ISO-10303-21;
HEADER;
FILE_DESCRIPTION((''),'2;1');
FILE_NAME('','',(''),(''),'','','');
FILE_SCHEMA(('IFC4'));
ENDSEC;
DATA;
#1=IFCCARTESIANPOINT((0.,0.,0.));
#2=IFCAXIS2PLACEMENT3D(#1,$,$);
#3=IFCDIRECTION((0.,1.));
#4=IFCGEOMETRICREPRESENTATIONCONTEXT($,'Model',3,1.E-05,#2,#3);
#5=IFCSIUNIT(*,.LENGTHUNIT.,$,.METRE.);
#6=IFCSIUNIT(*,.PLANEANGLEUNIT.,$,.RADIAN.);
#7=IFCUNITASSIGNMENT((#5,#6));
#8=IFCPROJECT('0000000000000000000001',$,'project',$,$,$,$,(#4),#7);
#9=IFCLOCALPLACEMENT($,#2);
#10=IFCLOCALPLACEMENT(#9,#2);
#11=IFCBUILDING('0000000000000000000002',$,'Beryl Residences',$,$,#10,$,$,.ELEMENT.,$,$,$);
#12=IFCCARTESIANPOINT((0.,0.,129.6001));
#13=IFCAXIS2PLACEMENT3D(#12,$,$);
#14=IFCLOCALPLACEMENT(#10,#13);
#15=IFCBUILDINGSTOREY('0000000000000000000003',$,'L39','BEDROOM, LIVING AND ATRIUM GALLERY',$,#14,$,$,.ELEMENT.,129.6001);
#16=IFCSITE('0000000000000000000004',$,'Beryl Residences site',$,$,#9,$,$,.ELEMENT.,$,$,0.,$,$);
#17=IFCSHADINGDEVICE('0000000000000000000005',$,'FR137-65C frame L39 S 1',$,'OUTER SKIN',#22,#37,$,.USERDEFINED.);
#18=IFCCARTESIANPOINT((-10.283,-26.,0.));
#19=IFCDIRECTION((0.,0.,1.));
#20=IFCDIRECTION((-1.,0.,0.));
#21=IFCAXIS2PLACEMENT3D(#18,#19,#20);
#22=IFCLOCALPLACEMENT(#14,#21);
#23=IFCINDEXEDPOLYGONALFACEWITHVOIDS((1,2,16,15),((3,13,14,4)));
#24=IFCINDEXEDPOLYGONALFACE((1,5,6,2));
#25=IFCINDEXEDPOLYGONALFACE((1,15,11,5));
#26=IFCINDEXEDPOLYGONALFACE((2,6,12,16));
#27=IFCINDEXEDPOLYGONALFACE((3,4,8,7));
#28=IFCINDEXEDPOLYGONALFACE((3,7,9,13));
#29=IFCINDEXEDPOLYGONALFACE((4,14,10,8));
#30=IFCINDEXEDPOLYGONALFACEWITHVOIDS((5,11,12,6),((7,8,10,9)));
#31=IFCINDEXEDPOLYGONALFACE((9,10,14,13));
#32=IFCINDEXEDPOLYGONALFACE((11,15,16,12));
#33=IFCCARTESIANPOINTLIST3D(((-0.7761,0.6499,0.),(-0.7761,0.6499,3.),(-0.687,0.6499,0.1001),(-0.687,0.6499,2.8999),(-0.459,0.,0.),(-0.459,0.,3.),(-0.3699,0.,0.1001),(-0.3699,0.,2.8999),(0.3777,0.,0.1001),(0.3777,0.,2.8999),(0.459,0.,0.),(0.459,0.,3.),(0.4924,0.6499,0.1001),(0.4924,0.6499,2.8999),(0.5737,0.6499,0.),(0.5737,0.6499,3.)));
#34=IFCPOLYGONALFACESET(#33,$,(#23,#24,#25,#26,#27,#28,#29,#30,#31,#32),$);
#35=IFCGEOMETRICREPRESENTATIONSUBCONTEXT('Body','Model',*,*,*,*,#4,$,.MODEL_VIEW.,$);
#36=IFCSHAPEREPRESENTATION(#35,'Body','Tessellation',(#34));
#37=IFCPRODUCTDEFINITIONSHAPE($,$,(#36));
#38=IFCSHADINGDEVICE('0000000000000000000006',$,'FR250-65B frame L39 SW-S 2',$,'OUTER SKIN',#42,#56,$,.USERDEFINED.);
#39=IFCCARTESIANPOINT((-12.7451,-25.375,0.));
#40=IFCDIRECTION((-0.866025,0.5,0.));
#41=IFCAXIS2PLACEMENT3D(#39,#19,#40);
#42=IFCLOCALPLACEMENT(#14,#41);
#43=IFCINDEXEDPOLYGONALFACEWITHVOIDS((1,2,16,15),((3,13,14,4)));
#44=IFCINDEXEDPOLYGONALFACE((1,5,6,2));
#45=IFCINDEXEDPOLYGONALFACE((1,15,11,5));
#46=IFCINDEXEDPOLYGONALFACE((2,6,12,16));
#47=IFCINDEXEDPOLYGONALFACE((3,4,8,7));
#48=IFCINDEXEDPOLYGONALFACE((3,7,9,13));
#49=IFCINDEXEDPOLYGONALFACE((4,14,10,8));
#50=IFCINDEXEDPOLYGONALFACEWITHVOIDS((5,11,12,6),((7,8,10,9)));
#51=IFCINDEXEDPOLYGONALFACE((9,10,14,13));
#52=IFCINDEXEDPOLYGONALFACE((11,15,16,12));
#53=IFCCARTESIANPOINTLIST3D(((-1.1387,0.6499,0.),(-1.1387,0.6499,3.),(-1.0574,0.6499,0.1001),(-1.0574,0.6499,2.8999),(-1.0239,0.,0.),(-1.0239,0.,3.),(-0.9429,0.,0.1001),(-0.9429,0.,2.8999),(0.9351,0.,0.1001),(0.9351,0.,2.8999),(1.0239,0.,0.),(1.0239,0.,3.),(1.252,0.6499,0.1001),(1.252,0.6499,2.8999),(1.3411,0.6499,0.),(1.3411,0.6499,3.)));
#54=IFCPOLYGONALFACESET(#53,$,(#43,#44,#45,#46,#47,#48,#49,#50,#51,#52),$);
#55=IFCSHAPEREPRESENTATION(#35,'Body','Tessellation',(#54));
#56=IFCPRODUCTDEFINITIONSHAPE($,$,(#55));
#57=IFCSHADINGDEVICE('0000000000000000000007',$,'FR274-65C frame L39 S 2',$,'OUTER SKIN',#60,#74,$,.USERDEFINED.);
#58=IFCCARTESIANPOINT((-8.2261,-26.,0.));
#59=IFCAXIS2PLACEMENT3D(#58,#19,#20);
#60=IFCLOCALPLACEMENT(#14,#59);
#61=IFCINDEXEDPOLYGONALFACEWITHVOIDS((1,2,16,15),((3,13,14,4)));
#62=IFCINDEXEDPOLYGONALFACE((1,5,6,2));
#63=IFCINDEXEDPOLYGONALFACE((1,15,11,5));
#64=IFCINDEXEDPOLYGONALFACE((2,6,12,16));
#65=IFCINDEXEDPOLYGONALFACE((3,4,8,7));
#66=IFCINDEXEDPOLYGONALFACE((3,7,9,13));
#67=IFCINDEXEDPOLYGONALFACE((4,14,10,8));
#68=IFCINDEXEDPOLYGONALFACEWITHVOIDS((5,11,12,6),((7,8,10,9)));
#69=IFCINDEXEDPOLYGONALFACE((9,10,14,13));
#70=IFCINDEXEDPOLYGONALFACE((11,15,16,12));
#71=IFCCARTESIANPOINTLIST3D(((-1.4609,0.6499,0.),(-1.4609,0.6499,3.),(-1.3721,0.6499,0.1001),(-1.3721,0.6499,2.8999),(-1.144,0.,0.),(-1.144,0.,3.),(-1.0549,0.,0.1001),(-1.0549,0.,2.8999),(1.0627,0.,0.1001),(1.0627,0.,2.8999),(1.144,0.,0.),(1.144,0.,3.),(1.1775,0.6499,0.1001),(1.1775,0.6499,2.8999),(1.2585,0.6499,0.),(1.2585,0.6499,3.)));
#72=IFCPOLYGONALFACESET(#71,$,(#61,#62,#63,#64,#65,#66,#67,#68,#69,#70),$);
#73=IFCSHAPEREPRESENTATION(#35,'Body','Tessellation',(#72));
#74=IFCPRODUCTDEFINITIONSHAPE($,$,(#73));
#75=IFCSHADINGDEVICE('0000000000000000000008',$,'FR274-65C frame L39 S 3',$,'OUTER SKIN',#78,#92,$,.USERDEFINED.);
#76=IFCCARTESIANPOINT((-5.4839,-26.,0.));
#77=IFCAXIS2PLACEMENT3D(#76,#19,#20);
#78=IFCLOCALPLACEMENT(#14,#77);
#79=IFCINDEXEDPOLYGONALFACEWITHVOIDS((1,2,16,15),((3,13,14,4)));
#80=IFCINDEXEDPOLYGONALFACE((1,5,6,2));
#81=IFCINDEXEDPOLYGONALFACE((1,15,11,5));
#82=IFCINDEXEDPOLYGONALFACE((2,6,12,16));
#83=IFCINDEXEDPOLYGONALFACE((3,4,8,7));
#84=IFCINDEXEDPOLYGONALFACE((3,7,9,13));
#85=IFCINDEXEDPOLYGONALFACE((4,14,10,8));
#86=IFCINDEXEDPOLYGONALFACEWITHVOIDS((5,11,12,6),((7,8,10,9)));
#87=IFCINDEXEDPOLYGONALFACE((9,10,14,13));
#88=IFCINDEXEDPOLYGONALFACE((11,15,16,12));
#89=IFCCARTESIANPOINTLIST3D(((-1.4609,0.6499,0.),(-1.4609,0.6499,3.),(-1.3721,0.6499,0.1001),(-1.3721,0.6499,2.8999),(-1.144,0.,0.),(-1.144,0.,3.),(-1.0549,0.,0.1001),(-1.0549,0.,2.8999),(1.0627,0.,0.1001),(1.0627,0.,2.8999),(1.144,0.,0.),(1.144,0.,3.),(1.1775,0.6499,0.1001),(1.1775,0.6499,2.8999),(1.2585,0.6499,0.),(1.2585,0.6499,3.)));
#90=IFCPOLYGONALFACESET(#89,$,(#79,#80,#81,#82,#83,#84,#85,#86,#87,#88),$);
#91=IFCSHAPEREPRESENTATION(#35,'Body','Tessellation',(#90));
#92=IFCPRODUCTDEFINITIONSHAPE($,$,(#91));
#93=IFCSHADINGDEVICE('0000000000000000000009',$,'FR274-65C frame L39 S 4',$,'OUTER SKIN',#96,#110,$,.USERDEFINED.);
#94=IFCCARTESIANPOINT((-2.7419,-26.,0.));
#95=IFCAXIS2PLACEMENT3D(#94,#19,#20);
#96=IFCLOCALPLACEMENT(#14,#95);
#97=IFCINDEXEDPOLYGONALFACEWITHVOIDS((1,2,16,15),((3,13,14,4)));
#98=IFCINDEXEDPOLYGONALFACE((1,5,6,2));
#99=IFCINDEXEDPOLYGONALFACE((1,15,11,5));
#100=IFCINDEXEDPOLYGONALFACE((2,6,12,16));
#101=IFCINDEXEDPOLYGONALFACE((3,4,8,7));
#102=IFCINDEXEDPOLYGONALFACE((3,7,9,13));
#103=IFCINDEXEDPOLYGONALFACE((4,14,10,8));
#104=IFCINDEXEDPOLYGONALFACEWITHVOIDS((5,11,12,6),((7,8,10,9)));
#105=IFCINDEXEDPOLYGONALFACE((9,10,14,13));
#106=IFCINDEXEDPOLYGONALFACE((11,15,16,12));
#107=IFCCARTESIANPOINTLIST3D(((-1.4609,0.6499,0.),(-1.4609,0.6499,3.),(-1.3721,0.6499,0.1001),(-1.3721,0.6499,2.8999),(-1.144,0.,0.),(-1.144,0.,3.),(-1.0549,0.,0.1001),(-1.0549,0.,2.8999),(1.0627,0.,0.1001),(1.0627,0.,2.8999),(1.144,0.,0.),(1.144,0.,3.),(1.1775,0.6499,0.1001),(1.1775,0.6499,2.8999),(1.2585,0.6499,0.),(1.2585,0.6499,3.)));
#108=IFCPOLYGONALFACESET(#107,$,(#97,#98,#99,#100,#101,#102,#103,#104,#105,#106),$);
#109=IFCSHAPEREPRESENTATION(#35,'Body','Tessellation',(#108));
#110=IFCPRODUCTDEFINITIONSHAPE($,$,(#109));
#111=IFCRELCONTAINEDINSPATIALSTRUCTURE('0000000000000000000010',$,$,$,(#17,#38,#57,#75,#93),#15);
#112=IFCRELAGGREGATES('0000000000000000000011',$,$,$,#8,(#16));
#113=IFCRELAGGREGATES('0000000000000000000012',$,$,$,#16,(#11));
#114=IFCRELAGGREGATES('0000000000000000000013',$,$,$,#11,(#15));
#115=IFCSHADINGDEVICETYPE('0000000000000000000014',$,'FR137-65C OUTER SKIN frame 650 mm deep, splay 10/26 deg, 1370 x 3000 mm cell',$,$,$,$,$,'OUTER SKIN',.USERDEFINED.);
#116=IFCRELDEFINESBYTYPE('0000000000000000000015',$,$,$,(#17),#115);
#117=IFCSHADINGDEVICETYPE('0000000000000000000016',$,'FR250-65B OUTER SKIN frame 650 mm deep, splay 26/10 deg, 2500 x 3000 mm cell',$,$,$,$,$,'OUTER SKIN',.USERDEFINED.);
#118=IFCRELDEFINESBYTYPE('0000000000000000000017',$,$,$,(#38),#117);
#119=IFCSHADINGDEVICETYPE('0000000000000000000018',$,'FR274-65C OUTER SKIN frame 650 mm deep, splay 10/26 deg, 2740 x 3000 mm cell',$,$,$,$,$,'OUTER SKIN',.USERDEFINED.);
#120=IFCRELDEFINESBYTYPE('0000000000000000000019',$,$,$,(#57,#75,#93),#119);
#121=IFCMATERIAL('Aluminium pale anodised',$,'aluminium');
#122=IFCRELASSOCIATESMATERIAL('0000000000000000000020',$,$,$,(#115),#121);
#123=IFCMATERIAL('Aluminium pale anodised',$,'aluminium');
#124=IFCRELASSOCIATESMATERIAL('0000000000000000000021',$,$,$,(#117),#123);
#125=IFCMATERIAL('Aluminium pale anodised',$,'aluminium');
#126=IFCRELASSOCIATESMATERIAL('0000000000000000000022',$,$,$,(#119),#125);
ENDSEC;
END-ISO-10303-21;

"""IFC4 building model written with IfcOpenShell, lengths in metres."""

from ifc_helpers import new_model, entity, si_unit, direction, frame, origin, place, context, subcontext, project, spatial, source, transform, mapped, material, type_object, type_shapes, element, save


model = new_model("IFC4")

# Units and contexts
model_context = context("Model", 3, precision=1e-05, world=origin(), true_north=direction((0.0, 1.0)))
body_context = subcontext(model_context, "Body", "Model", "MODEL_VIEW")
ifc_project = project(units=[si_unit("LENGTHUNIT", "METRE"), si_unit("PLANEANGLEUNIT", "RADIAN")], contexts=[model_context])

# Site, building, storey
site_placement = place(None, origin())
site = spatial("IfcSite", under=ifc_project, at=site_placement, Name="Beryl Residences site", CompositionType="ELEMENT", RefElevation=0.0)
building_placement = place(site_placement, origin())
building = spatial("IfcBuilding", under=site, at=building_placement, Name="Beryl Residences", CompositionType="ELEMENT")
storey_placement = place(building_placement, frame((0.0, 0.0, 129.6001)))
storey = spatial("IfcBuildingStorey", under=building, at=storey_placement, Name="L39", Description="BEDROOM, LIVING AND ATRIUM GALLERY", CompositionType="ELEMENT", Elevation=129.6001)

# Shading devices
ifc_material_1 = material(Name="Aluminium pale anodised", Category="aluminium")
shading_device_type_1 = type_object("IfcShadingDeviceType", Name="FR137-65C OUTER SKIN frame 650 mm deep, splay 10/26 deg, 1370 x 3000 mm cell", ElementType="OUTER SKIN", PredefinedType="USERDEFINED", material=ifc_material_1)
cartesian_point_1 = entity("IfcCartesianPoint", [-0.459, 0.0])
cartesian_point_2 = entity("IfcCartesianPoint", [-0.3777, 0.1001])
cartesian_point_3 = entity("IfcCartesianPoint", [-0.5737, 0.0])
cartesian_point_4 = entity("IfcCartesianPoint", [-0.4924, 0.1001])
shared_shape_1 = source(origin(), body_context, "Body", "SweptSolid", [
    entity("IfcExtrudedAreaSolidTapered", entity("IfcArbitraryProfileDefWithVoids", "AREA", None, entity("IfcPolyline", [cartesian_point_1, entity("IfcCartesianPoint", [0.459, 0.0]), entity("IfcCartesianPoint", [0.459, 3.0]), entity("IfcCartesianPoint", [-0.459, 3.0]), cartesian_point_1]), [entity("IfcPolyline", [cartesian_point_2, entity("IfcCartesianPoint", [0.3699, 0.1001]), entity("IfcCartesianPoint", [0.3699, 2.8999]), entity("IfcCartesianPoint", [-0.3777, 2.8999]), cartesian_point_2])]), entity("IfcAxis2Placement3D", entity("IfcCartesianPoint", [0.0, 0.0, 0.0]), entity("IfcDirection", [0.0, 1.0, 0.0]), entity("IfcDirection", [-1.0, 0.0, 0.0])), entity("IfcDirection", [0.0, 0.0, 1.0]), 0.6499, entity("IfcArbitraryProfileDefWithVoids", "AREA", None, entity("IfcPolyline", [cartesian_point_3, entity("IfcCartesianPoint", [0.7761, 0.0]), entity("IfcCartesianPoint", [0.7761, 3.0]), entity("IfcCartesianPoint", [-0.5737, 3.0]), cartesian_point_3]), [entity("IfcPolyline", [cartesian_point_4, entity("IfcCartesianPoint", [0.687, 0.1001]), entity("IfcCartesianPoint", [0.687, 2.8999]), entity("IfcCartesianPoint", [-0.4924, 2.8999]), cartesian_point_4])])),
])
type_shapes(shading_device_type_1, [shared_shape_1])
shading_device_1_placement = place(storey_placement, frame((-10.283, -26.0, 0.0), z_axis=(0.0, 0.0, 1.0), x_axis=(-1.0, 0.0, 0.0)))
element("IfcShadingDevice", 1, at=shading_device_1_placement, inside=storey, type_object=shading_device_type_1, Name="FR137-65C frame L39 S 1", ObjectType="OUTER SKIN", PredefinedType="USERDEFINED", context=body_context, shape_type="MappedRepresentation", body=[
    mapped(shared_shape_1, transform((0.0, 0.0, 0.0))),
])
ifc_material_2 = material(Name="Aluminium pale anodised", Category="aluminium")
shading_device_type_2 = type_object("IfcShadingDeviceType", Name="FR250-65B OUTER SKIN frame 650 mm deep, splay 26/10 deg, 2500 x 3000 mm cell", ElementType="OUTER SKIN", PredefinedType="USERDEFINED", material=ifc_material_2)
cartesian_point_5 = entity("IfcCartesianPoint", [-1.0239, 0.0])
cartesian_point_6 = entity("IfcCartesianPoint", [-0.9351, 0.1001])
cartesian_point_7 = entity("IfcCartesianPoint", [-1.3411, 0.0])
cartesian_point_8 = entity("IfcCartesianPoint", [-1.252, 0.1001])
shared_shape_2 = source(origin(), body_context, "Body", "SweptSolid", [
    entity("IfcExtrudedAreaSolidTapered", entity("IfcArbitraryProfileDefWithVoids", "AREA", None, entity("IfcPolyline", [cartesian_point_5, entity("IfcCartesianPoint", [1.0239, 0.0]), entity("IfcCartesianPoint", [1.0239, 3.0]), entity("IfcCartesianPoint", [-1.0239, 3.0]), cartesian_point_5]), [entity("IfcPolyline", [cartesian_point_6, entity("IfcCartesianPoint", [0.9429, 0.1001]), entity("IfcCartesianPoint", [0.9429, 2.8999]), entity("IfcCartesianPoint", [-0.9351, 2.8999]), cartesian_point_6])]), entity("IfcAxis2Placement3D", entity("IfcCartesianPoint", [0.0, 0.0, 0.0]), entity("IfcDirection", [0.0, 1.0, 0.0]), entity("IfcDirection", [-1.0, 0.0, 0.0])), entity("IfcDirection", [0.0, 0.0, 1.0]), 0.6499, entity("IfcArbitraryProfileDefWithVoids", "AREA", None, entity("IfcPolyline", [cartesian_point_7, entity("IfcCartesianPoint", [1.1387, 0.0]), entity("IfcCartesianPoint", [1.1387, 3.0]), entity("IfcCartesianPoint", [-1.3411, 3.0]), cartesian_point_7]), [entity("IfcPolyline", [cartesian_point_8, entity("IfcCartesianPoint", [1.0574, 0.1001]), entity("IfcCartesianPoint", [1.0574, 2.8999]), entity("IfcCartesianPoint", [-1.252, 2.8999]), cartesian_point_8])])),
])
type_shapes(shading_device_type_2, [shared_shape_2])
shading_device_2_placement = place(storey_placement, frame((-12.7451, -25.375, 0.0), z_axis=(0.0, 0.0, 1.0), x_axis=(-0.866025, 0.5, 0.0)))
element("IfcShadingDevice", 2, at=shading_device_2_placement, inside=storey, type_object=shading_device_type_2, Name="FR250-65B frame L39 SW-S 2", ObjectType="OUTER SKIN", PredefinedType="USERDEFINED", context=body_context, shape_type="MappedRepresentation", body=[
    mapped(shared_shape_2, transform((0.0, 0.0, 0.0))),
])
ifc_material_3 = material(Name="Aluminium pale anodised", Category="aluminium")
shading_device_type_3 = type_object("IfcShadingDeviceType", Name="FR274-65C OUTER SKIN frame 650 mm deep, splay 10/26 deg, 2740 x 3000 mm cell", ElementType="OUTER SKIN", PredefinedType="USERDEFINED", material=ifc_material_3)
cartesian_point_9 = entity("IfcCartesianPoint", [-1.144, 0.0])
cartesian_point_10 = entity("IfcCartesianPoint", [-1.0627, 0.1001])
cartesian_point_11 = entity("IfcCartesianPoint", [-1.2585, 0.0])
cartesian_point_12 = entity("IfcCartesianPoint", [-1.1775, 0.1001])
shared_shape_3 = source(origin(), body_context, "Body", "SweptSolid", [
    entity("IfcExtrudedAreaSolidTapered", entity("IfcArbitraryProfileDefWithVoids", "AREA", None, entity("IfcPolyline", [cartesian_point_9, entity("IfcCartesianPoint", [1.144, 0.0]), entity("IfcCartesianPoint", [1.144, 3.0]), entity("IfcCartesianPoint", [-1.144, 3.0]), cartesian_point_9]), [entity("IfcPolyline", [cartesian_point_10, entity("IfcCartesianPoint", [1.0549, 0.1001]), entity("IfcCartesianPoint", [1.0549, 2.8999]), entity("IfcCartesianPoint", [-1.0627, 2.8999]), cartesian_point_10])]), entity("IfcAxis2Placement3D", entity("IfcCartesianPoint", [0.0, 0.0, 0.0]), entity("IfcDirection", [0.0, 1.0, 0.0]), entity("IfcDirection", [-1.0, 0.0, 0.0])), entity("IfcDirection", [0.0, 0.0, 1.0]), 0.6499, entity("IfcArbitraryProfileDefWithVoids", "AREA", None, entity("IfcPolyline", [cartesian_point_11, entity("IfcCartesianPoint", [1.4609, 0.0]), entity("IfcCartesianPoint", [1.4609, 3.0]), entity("IfcCartesianPoint", [-1.2585, 3.0]), cartesian_point_11]), [entity("IfcPolyline", [cartesian_point_12, entity("IfcCartesianPoint", [1.3721, 0.1001]), entity("IfcCartesianPoint", [1.3721, 2.8999]), entity("IfcCartesianPoint", [-1.1775, 2.8999]), cartesian_point_12])])),
])
type_shapes(shading_device_type_3, [shared_shape_3])
for number, where, z_axis, x_axis, name in (
    (3, (-8.2261, -26.0, 0.0), (0.0, 0.0, 1.0), (-1.0, 0.0, 0.0), "FR274-65C frame L39 S 2"),
    (4, (-5.4839, -26.0, 0.0), (0.0, 0.0, 1.0), (-1.0, 0.0, 0.0), "FR274-65C frame L39 S 3"),
    (5, (-2.7419, -26.0, 0.0), (0.0, 0.0, 1.0), (-1.0, 0.0, 0.0), "FR274-65C frame L39 S 4"),
):
    element("IfcShadingDevice", number, at=place(storey_placement, frame(where, z_axis=z_axis, x_axis=x_axis)), inside=storey, type_object=shading_device_type_3, Name=name, ObjectType="OUTER SKIN", PredefinedType="USERDEFINED", context=body_context, shape_type="MappedRepresentation", body=[
        mapped(shared_shape_3, transform((0.0, 0.0, 0.0))),
    ])

save(model, "model.ifc")
